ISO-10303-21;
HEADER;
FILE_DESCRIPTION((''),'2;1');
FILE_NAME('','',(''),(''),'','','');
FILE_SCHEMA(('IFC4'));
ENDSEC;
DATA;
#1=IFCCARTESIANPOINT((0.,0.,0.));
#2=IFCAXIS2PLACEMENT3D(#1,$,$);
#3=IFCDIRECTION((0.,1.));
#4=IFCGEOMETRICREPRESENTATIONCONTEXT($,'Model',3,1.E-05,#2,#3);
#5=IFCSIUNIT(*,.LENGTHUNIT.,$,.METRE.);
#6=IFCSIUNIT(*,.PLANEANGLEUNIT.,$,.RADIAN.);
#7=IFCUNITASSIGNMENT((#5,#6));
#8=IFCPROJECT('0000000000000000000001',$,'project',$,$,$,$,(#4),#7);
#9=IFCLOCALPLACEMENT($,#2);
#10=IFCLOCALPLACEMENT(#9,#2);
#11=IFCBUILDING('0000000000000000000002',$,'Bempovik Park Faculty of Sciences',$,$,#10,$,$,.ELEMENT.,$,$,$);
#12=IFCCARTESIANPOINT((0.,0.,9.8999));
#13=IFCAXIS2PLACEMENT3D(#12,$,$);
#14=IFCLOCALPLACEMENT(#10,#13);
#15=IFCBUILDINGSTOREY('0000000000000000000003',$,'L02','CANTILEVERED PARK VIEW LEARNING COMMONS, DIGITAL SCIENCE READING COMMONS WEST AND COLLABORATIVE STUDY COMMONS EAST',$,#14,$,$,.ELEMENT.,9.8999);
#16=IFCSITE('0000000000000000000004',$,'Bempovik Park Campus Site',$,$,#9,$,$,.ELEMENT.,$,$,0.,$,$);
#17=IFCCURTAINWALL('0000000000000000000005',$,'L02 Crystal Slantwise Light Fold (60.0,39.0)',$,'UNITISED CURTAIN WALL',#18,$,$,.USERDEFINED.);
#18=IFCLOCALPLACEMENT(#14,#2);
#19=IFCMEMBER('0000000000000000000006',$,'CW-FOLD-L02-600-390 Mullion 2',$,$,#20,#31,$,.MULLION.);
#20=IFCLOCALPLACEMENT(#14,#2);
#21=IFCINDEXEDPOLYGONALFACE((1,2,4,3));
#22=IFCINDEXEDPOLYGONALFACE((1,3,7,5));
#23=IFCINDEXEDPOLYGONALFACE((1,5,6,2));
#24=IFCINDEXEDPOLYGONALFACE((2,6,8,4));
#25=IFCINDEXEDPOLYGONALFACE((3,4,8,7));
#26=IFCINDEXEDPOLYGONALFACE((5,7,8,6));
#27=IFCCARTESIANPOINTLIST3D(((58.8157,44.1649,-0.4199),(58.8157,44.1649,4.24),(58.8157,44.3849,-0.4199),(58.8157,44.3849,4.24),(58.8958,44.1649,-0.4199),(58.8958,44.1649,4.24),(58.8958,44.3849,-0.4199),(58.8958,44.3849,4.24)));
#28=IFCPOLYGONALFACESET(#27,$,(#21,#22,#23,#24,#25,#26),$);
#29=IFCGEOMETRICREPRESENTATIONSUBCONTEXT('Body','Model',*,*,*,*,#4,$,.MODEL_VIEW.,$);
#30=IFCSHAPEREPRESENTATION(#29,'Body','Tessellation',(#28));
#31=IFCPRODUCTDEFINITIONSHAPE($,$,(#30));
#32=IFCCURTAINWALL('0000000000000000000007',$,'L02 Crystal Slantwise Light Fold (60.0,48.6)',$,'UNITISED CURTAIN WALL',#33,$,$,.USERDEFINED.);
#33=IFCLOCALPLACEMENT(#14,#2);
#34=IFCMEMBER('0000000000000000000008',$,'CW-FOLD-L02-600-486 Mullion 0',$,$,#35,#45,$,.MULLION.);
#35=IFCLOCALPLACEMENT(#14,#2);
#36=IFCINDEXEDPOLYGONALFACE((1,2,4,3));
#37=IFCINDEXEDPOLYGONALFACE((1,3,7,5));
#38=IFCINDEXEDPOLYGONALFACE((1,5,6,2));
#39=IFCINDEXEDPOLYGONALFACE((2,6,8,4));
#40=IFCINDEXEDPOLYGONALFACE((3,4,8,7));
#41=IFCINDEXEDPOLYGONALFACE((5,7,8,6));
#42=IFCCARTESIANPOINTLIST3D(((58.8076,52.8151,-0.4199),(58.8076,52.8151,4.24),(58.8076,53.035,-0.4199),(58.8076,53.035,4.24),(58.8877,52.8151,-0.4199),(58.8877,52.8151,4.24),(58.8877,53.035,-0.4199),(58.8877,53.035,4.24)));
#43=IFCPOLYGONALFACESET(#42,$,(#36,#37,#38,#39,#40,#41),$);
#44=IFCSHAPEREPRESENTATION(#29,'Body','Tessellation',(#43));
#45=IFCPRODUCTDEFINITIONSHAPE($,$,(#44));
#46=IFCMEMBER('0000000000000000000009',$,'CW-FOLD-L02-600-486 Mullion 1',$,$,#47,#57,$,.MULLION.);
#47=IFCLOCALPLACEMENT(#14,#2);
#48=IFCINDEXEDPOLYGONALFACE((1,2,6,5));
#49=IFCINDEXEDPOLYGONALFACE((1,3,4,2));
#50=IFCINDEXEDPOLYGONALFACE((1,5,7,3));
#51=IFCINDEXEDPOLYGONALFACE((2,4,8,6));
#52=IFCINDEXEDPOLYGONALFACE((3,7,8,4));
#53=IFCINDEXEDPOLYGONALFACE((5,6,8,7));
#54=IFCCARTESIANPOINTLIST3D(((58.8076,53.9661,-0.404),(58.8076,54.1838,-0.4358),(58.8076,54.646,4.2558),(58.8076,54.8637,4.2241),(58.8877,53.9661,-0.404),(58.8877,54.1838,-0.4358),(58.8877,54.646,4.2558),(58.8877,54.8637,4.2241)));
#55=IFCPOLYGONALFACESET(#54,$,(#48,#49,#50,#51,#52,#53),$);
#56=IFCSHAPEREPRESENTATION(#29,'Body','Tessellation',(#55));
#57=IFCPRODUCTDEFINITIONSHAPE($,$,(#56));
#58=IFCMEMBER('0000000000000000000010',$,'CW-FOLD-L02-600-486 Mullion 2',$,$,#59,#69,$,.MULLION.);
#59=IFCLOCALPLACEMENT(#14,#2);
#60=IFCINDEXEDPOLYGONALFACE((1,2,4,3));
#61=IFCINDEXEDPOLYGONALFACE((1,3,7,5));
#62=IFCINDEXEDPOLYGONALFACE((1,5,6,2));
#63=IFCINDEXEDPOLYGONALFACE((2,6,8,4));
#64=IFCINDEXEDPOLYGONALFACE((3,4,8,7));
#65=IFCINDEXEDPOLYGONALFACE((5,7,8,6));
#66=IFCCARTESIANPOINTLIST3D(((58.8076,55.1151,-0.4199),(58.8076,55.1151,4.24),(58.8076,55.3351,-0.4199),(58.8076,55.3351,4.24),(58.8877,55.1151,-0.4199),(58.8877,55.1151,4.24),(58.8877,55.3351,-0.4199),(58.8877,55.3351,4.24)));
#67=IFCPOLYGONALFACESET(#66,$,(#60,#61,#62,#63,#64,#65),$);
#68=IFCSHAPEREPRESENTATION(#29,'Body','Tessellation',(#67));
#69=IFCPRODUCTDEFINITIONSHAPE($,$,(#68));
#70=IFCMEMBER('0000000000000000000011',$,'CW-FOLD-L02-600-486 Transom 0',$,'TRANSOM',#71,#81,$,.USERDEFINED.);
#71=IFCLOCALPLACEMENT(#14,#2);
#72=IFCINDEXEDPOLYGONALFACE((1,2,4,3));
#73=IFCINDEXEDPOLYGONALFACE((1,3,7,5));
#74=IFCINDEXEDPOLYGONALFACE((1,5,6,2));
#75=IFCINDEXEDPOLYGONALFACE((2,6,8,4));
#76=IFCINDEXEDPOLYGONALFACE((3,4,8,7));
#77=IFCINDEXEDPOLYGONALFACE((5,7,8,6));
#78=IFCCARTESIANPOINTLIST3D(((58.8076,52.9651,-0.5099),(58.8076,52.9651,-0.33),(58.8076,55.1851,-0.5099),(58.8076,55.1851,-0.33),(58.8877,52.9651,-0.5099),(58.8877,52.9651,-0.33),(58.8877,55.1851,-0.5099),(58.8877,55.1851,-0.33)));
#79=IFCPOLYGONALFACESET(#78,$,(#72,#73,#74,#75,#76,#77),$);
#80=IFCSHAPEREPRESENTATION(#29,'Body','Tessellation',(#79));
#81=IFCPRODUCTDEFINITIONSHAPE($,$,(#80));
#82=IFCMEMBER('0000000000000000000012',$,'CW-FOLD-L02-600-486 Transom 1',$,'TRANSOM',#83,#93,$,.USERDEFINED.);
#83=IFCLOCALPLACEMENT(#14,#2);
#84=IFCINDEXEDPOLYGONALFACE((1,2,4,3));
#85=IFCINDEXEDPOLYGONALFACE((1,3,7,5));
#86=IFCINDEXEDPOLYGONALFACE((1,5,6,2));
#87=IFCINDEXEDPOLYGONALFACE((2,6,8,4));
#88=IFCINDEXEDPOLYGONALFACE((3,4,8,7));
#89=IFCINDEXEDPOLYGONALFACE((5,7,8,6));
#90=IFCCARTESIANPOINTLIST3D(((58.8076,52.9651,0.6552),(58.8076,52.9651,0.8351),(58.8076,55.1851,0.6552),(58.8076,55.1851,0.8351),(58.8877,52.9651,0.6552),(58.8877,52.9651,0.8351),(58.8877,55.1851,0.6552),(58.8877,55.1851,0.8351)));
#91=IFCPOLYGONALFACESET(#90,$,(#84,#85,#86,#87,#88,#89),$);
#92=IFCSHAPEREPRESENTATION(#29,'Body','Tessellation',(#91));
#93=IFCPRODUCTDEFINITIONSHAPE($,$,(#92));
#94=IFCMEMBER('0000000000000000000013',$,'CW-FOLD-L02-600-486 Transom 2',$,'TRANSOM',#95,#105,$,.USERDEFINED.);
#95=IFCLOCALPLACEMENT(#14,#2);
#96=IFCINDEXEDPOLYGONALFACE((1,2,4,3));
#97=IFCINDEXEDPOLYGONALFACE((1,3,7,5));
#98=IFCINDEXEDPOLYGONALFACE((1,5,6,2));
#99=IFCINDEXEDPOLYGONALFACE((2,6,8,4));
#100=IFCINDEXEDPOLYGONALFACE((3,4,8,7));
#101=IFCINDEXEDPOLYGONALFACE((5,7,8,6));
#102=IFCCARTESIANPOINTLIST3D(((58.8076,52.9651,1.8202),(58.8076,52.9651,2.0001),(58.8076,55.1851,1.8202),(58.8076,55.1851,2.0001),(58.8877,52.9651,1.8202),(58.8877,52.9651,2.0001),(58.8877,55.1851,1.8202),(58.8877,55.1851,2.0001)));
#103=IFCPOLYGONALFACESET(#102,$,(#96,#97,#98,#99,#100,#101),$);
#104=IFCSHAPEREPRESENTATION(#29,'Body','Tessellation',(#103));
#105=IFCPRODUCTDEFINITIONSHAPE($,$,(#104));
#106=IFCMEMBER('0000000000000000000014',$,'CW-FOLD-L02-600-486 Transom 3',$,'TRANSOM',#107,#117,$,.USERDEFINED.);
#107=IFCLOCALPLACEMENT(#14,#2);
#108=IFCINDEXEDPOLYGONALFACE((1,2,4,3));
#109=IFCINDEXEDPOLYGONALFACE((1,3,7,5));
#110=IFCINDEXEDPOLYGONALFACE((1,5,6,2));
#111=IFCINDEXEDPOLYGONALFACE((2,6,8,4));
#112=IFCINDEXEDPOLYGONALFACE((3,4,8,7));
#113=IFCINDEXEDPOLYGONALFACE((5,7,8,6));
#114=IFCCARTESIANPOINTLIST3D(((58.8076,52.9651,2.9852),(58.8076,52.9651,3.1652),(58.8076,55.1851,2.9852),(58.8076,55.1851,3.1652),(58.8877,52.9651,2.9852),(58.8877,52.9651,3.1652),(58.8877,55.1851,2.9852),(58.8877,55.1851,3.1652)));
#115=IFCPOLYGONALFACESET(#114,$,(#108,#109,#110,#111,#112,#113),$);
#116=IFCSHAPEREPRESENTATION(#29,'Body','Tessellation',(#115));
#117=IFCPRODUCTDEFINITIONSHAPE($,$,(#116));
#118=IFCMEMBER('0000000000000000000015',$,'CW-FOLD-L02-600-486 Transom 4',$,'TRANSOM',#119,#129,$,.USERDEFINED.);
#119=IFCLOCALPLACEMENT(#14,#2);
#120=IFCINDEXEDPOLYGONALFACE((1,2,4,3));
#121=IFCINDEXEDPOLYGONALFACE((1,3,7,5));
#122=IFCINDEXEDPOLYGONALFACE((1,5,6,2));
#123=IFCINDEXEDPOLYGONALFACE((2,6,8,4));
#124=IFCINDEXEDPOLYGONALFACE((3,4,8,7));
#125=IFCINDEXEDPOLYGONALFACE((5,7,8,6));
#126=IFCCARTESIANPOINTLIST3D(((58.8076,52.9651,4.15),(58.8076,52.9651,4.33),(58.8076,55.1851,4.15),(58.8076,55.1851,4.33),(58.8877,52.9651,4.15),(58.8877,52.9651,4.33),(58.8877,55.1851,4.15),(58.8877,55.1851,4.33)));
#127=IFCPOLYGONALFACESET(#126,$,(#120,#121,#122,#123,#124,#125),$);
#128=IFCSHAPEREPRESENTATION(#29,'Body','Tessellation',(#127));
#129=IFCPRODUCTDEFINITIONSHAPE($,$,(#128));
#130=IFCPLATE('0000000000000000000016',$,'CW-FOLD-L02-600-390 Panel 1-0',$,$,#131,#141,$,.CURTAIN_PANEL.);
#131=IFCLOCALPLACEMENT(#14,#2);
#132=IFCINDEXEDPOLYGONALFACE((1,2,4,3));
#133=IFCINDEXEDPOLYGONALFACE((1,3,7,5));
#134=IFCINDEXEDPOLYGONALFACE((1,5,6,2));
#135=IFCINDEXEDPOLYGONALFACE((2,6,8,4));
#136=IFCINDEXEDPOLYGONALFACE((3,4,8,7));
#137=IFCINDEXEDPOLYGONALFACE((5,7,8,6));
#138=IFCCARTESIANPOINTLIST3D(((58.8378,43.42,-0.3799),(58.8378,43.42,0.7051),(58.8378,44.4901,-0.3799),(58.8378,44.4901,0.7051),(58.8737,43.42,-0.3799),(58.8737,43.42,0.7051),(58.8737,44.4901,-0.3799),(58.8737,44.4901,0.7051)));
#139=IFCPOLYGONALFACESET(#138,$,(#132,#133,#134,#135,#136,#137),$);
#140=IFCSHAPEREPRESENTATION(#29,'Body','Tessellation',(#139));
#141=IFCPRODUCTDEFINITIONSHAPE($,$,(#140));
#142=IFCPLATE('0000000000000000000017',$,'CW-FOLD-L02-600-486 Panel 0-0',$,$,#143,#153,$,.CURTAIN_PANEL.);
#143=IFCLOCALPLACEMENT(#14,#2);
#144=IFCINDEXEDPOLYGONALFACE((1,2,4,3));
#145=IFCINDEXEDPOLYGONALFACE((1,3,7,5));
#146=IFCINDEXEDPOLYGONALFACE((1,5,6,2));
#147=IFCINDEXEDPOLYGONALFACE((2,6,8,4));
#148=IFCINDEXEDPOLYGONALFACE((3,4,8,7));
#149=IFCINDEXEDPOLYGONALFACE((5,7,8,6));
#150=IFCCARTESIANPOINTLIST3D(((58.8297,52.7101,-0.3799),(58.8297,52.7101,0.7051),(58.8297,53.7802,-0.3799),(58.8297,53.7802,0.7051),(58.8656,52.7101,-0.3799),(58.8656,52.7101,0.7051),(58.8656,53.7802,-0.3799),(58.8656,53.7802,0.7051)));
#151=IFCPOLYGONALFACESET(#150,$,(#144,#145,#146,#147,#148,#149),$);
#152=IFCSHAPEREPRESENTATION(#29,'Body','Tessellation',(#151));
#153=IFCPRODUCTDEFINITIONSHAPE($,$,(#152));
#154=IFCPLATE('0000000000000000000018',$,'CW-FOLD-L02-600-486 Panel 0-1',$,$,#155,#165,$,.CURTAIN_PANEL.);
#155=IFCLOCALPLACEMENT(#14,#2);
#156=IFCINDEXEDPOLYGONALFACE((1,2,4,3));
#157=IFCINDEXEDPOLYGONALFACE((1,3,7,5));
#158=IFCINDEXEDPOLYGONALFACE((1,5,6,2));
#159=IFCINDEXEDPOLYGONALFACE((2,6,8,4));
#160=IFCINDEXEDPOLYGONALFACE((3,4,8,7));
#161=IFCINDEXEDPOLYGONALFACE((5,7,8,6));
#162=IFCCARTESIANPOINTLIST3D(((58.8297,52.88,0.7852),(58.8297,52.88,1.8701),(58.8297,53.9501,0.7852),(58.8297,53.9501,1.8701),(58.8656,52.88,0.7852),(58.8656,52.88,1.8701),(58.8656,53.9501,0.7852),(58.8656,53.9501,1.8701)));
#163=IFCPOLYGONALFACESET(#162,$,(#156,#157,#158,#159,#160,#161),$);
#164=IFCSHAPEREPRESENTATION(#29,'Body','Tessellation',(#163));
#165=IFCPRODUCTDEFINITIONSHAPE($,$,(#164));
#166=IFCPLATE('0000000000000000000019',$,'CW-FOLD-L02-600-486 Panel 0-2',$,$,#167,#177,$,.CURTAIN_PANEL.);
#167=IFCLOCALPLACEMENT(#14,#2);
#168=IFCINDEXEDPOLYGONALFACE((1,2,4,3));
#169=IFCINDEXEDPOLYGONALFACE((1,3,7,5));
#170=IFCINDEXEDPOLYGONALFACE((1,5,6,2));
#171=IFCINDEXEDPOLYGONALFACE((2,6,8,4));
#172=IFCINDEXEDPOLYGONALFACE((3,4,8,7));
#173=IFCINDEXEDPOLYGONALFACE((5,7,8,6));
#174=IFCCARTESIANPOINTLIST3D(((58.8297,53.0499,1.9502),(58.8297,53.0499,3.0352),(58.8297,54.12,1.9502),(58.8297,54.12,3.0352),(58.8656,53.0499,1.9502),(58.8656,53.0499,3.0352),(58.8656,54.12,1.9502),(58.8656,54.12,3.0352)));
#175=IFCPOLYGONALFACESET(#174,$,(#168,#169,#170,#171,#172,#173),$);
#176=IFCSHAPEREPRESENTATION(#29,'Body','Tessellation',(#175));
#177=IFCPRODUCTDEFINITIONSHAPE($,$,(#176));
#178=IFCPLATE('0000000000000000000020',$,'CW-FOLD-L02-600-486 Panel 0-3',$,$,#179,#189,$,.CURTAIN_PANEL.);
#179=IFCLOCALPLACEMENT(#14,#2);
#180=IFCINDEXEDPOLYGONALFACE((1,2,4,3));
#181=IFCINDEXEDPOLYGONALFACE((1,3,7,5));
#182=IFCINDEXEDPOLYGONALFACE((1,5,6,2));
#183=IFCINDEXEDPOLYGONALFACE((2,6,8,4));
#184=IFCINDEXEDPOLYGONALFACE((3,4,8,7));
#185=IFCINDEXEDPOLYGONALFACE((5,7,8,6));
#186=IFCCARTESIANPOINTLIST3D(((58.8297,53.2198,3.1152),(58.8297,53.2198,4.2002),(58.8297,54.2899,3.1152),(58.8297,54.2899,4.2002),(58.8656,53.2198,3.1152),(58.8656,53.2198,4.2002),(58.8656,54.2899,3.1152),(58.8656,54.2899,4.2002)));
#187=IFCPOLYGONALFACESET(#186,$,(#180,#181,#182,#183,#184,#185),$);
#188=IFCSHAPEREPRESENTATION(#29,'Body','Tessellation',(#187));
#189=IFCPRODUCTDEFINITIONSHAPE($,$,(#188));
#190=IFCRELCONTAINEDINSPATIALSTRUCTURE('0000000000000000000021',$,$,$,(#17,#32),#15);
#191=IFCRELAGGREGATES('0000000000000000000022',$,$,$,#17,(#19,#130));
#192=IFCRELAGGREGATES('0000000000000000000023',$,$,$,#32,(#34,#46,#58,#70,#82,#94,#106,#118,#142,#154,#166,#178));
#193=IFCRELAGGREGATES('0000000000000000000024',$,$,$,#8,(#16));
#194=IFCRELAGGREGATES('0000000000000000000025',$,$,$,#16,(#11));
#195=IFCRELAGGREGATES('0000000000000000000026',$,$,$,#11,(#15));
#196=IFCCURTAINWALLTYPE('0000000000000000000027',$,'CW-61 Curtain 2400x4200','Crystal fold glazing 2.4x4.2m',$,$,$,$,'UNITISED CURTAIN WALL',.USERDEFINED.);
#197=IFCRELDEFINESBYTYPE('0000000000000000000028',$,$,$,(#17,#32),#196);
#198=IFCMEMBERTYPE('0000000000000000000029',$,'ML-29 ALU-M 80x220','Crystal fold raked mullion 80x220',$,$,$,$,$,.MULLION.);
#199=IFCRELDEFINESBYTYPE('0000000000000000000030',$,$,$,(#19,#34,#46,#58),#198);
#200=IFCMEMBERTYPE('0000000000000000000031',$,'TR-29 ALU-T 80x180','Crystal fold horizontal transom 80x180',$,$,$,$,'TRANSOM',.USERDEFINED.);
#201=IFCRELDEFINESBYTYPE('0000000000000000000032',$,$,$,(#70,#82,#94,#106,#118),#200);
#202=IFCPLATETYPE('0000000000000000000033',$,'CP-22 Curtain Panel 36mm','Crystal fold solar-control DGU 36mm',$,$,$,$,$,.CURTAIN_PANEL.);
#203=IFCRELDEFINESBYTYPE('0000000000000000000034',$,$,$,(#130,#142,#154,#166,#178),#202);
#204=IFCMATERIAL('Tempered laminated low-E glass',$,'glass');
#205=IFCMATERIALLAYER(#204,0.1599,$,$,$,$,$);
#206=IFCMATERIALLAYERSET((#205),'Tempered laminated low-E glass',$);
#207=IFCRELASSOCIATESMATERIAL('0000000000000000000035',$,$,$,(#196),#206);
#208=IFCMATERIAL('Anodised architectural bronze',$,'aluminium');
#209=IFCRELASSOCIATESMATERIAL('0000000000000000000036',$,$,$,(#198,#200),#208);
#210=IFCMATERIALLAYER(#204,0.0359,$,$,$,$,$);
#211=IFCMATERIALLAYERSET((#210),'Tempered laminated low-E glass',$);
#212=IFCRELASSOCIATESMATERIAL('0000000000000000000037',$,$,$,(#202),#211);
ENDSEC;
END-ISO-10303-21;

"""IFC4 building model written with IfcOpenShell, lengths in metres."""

from ifc_helpers import new_model, si_unit, direction, frame, origin, origin_2d, place, context, subcontext, project, spatial, rectangle, extrude, material, layer, layer_set, material_profile, profile_set, type_object, element, aggregate, save


model = new_model("IFC4")

# Units and contexts
model_context = context("Model", 3, precision=1e-05, world=origin(), true_north=direction((0.0, 1.0)))
body_context = subcontext(model_context, "Body", "Model", "MODEL_VIEW")
ifc_project = project(units=[si_unit("LENGTHUNIT", "METRE"), si_unit("PLANEANGLEUNIT", "RADIAN")], contexts=[model_context])

# Site, building, storey
site_placement = place(None, origin())
site = spatial("IfcSite", under=ifc_project, at=site_placement, Name="Bempovik Park Campus Site", CompositionType="ELEMENT", RefElevation=0.0)
building_placement = place(site_placement, origin())
building = spatial("IfcBuilding", under=site, at=building_placement, Name="Bempovik Park Faculty of Sciences", CompositionType="ELEMENT")
storey_placement = place(building_placement, frame((0.0, 0.0, 9.8999)))
storey = spatial("IfcBuildingStorey", under=building, at=storey_placement, Name="L02", Description="CANTILEVERED PARK VIEW LEARNING COMMONS, DIGITAL SCIENCE READING COMMONS WEST AND COLLABORATIVE STUDY COMMONS EAST", CompositionType="ELEMENT", Elevation=9.8999)

# Curtain wall, member
ifc_material_1 = material(Name="Tempered laminated low-E glass", Category="glass")
ifc_layer_1 = layer(ifc_material_1, 0.1599)
ifc_layer_set_1 = layer_set([ifc_layer_1], Name="Tempered laminated low-E glass")
curtain_wall_type = type_object("IfcCurtainWallType", Name="CW-61 Curtain 2400x4200", Description="Crystal fold glazing 2.4x4.2m", ElementType="UNITISED CURTAIN WALL", PredefinedType="USERDEFINED", material=ifc_layer_set_1)
curtain_wall_1_placement = place(storey_placement, origin())
curtain_wall_1 = element("IfcCurtainWall", 1, at=curtain_wall_1_placement, inside=storey, type_object=curtain_wall_type, Name="L02 Crystal Slantwise Light Fold (60.0,39.0)", ObjectType="UNITISED CURTAIN WALL", PredefinedType="USERDEFINED")
ifc_material_2 = material(Name="Anodised architectural bronze", Category="aluminium")
ifc_material_profile_1 = material_profile(ifc_material_2, rectangle(XDim=0.0801, YDim=0.22, at=origin_2d()), Name="ALU-M 80x220")
ifc_profile_set_1 = profile_set([ifc_material_profile_1], Name="Anodised architectural bronze")
member_type_1 = type_object("IfcMemberType", Name="ML-29 ALU-M 80x220", Description="Crystal fold raked mullion 80x220", PredefinedType="MULLION", material=ifc_profile_set_1)
member_1_placement = place(storey_placement, frame((58.8557, 44.2749, -0.4199), z_axis=(0.0, 0.0, 1.0), x_axis=(1.0, 0.0, 0.0)))
member_1 = element("IfcMember", 2, at=member_1_placement, type_object=member_type_1, Name="CW-FOLD-L02-600-390 Mullion 2", PredefinedType="MULLION", context=body_context, shape_type="SweptSolid", body=[
    extrude(rectangle(XDim=0.0801, YDim=0.22, at=origin_2d()), origin(), (0.0, 0.0, 1.0), 4.6599),
])

# Curtain wall, members
curtain_wall_2_placement = place(storey_placement, origin())
curtain_wall_2 = element("IfcCurtainWall", 3, at=curtain_wall_2_placement, inside=storey, type_object=curtain_wall_type, Name="L02 Crystal Slantwise Light Fold (60.0,48.6)", ObjectType="UNITISED CURTAIN WALL", PredefinedType="USERDEFINED")
member_2_placement = place(storey_placement, frame((58.8477, 52.925, -0.4199), z_axis=(0.0, 0.0, 1.0), x_axis=(1.0, 0.0, 0.0)))
member_2 = element("IfcMember", 4, at=member_2_placement, type_object=member_type_1, Name="CW-FOLD-L02-600-486 Mullion 0", PredefinedType="MULLION", context=body_context, shape_type="SweptSolid", body=[
    extrude(rectangle(XDim=0.0801, YDim=0.22, at=origin_2d()), origin(), (0.0, 0.0, 1.0), 4.6599),
])
member_3_placement = place(storey_placement, frame((58.8477, 54.075, -0.4199), z_axis=(0.0, 0.144382, 0.989522), x_axis=(-1.0, 0.0, 0.0)))
member_3 = element("IfcMember", 5, at=member_3_placement, type_object=member_type_1, Name="CW-FOLD-L02-600-486 Mullion 1", PredefinedType="MULLION", context=body_context, shape_type="SweptSolid", body=[
    extrude(rectangle(XDim=0.0801, YDim=0.22, at=origin_2d()), origin(), (0.0, 0.0, 1.0), 4.7092),
])
member_4_placement = place(storey_placement, frame((58.8477, 55.2251, -0.4199), z_axis=(0.0, 0.0, 1.0), x_axis=(1.0, 0.0, 0.0)))
member_4 = element("IfcMember", 6, at=member_4_placement, type_object=member_type_1, Name="CW-FOLD-L02-600-486 Mullion 2", PredefinedType="MULLION", context=body_context, shape_type="SweptSolid", body=[
    extrude(rectangle(XDim=0.0801, YDim=0.22, at=origin_2d()), origin(), (0.0, 0.0, 1.0), 4.6599),
])
ifc_material_profile_2 = material_profile(ifc_material_2, rectangle(XDim=0.0801, YDim=0.1799, at=origin_2d()), Name="ALU-T 80x180")
ifc_profile_set_2 = profile_set([ifc_material_profile_2], Name="Anodised architectural bronze")
member_type_2 = type_object("IfcMemberType", Name="TR-29 ALU-T 80x180", Description="Crystal fold horizontal transom 80x180", ElementType="TRANSOM", PredefinedType="USERDEFINED", material=ifc_profile_set_2)
member_5_placement = place(storey_placement, frame((58.8477, 52.9651, -0.4199), z_axis=(0.0, 1.0, 0.0), x_axis=(-1.0, 0.0, 0.0)))
member_5 = element("IfcMember", 7, at=member_5_placement, type_object=member_type_2, Name="CW-FOLD-L02-600-486 Transom 0", ObjectType="TRANSOM", PredefinedType="USERDEFINED", context=body_context, shape_type="SweptSolid", body=[
    extrude(rectangle(XDim=0.0801, YDim=0.1799, at=origin_2d()), origin(), (0.0, 0.0, 1.0), 2.22),
])
member_6_placement = place(storey_placement, frame((58.8477, 52.9651, 0.7451), z_axis=(0.0, 1.0, 0.0), x_axis=(-1.0, 0.0, 0.0)))
member_6 = element("IfcMember", 8, at=member_6_placement, type_object=member_type_2, Name="CW-FOLD-L02-600-486 Transom 1", ObjectType="TRANSOM", PredefinedType="USERDEFINED", context=body_context, shape_type="SweptSolid", body=[
    extrude(rectangle(XDim=0.0801, YDim=0.1799, at=origin_2d()), origin(), (0.0, 0.0, 1.0), 2.22),
])
member_7_placement = place(storey_placement, frame((58.8477, 52.9651, 1.9102), z_axis=(0.0, 1.0, 0.0), x_axis=(-1.0, 0.0, 0.0)))
member_7 = element("IfcMember", 9, at=member_7_placement, type_object=member_type_2, Name="CW-FOLD-L02-600-486 Transom 2", ObjectType="TRANSOM", PredefinedType="USERDEFINED", context=body_context, shape_type="SweptSolid", body=[
    extrude(rectangle(XDim=0.0801, YDim=0.1799, at=origin_2d()), origin(), (0.0, 0.0, 1.0), 2.22),
])
member_8_placement = place(storey_placement, frame((58.8477, 52.9651, 3.0752), z_axis=(0.0, 1.0, 0.0), x_axis=(-1.0, 0.0, 0.0)))
member_8 = element("IfcMember", 10, at=member_8_placement, type_object=member_type_2, Name="CW-FOLD-L02-600-486 Transom 3", ObjectType="TRANSOM", PredefinedType="USERDEFINED", context=body_context, shape_type="SweptSolid", body=[
    extrude(rectangle(XDim=0.0801, YDim=0.1799, at=origin_2d()), origin(), (0.0, 0.0, 1.0), 2.22),
])
member_9_placement = place(storey_placement, frame((58.8477, 52.9651, 4.24), z_axis=(0.0, 1.0, 0.0), x_axis=(-1.0, 0.0, 0.0)))
member_9 = element("IfcMember", 11, at=member_9_placement, type_object=member_type_2, Name="CW-FOLD-L02-600-486 Transom 4", ObjectType="TRANSOM", PredefinedType="USERDEFINED", context=body_context, shape_type="SweptSolid", body=[
    extrude(rectangle(XDim=0.0801, YDim=0.1799, at=origin_2d()), origin(), (0.0, 0.0, 1.0), 2.22),
])

# Plates
ifc_layer_2 = layer(ifc_material_1, 0.0359)
ifc_layer_set_2 = layer_set([ifc_layer_2], Name="Tempered laminated low-E glass")
plate_type = type_object("IfcPlateType", Name="CP-22 Curtain Panel 36mm", Description="Crystal fold solar-control DGU 36mm", PredefinedType="CURTAIN_PANEL", material=ifc_layer_set_2)
plate_1_placement = place(storey_placement, frame((58.8557, 43.9551, -0.3799), z_axis=(0.0, 0.0, 1.0), x_axis=(0.0, 1.0, 0.0)))
plate_1 = element("IfcPlate", 12, at=plate_1_placement, type_object=plate_type, Name="CW-FOLD-L02-600-390 Panel 1-0", PredefinedType="CURTAIN_PANEL", context=body_context, shape_type="SweptSolid", body=[
    extrude(rectangle(XDim=1.0701, YDim=0.0359, at=origin_2d()), origin(), (0.0, 0.0, 1.0), 1.085),
])
aggregate(curtain_wall_1, [member_1, plate_1])
plate_2_placement = place(storey_placement, frame((58.8477, 53.2451, -0.3799), z_axis=(0.0, 0.0, 1.0), x_axis=(0.0, 1.0, 0.0)))
plate_2 = element("IfcPlate", 13, at=plate_2_placement, type_object=plate_type, Name="CW-FOLD-L02-600-486 Panel 0-0", PredefinedType="CURTAIN_PANEL", context=body_context, shape_type="SweptSolid", body=[
    extrude(rectangle(XDim=1.0701, YDim=0.0359, at=origin_2d()), origin(), (0.0, 0.0, 1.0), 1.085),
])
plate_3_placement = place(storey_placement, frame((58.8477, 53.415, 0.7852), z_axis=(0.0, 0.0, 1.0), x_axis=(0.0, 1.0, 0.0)))
plate_3 = element("IfcPlate", 14, at=plate_3_placement, type_object=plate_type, Name="CW-FOLD-L02-600-486 Panel 0-1", PredefinedType="CURTAIN_PANEL", context=body_context, shape_type="SweptSolid", body=[
    extrude(rectangle(XDim=1.0701, YDim=0.0359, at=origin_2d()), origin(), (0.0, 0.0, 1.0), 1.085),
])
plate_4_placement = place(storey_placement, frame((58.8477, 53.585, 1.9502), z_axis=(0.0, 0.0, 1.0), x_axis=(0.0, 1.0, 0.0)))
plate_4 = element("IfcPlate", 15, at=plate_4_placement, type_object=plate_type, Name="CW-FOLD-L02-600-486 Panel 0-2", PredefinedType="CURTAIN_PANEL", context=body_context, shape_type="SweptSolid", body=[
    extrude(rectangle(XDim=1.0701, YDim=0.0359, at=origin_2d()), origin(), (0.0, 0.0, 1.0), 1.085),
])
plate_5_placement = place(storey_placement, frame((58.8477, 53.7549, 3.1152), z_axis=(0.0, 0.0, 1.0), x_axis=(0.0, 1.0, 0.0)))
plate_5 = element("IfcPlate", 16, at=plate_5_placement, type_object=plate_type, Name="CW-FOLD-L02-600-486 Panel 0-3", PredefinedType="CURTAIN_PANEL", context=body_context, shape_type="SweptSolid", body=[
    extrude(rectangle(XDim=1.0701, YDim=0.0359, at=origin_2d()), origin(), (0.0, 0.0, 1.0), 1.085),
])
aggregate(curtain_wall_2, [member_2, member_3, member_4, member_5, member_6, member_7, member_8, member_9, plate_2, plate_3, plate_4, plate_5])

save(model, "model.ifc")
